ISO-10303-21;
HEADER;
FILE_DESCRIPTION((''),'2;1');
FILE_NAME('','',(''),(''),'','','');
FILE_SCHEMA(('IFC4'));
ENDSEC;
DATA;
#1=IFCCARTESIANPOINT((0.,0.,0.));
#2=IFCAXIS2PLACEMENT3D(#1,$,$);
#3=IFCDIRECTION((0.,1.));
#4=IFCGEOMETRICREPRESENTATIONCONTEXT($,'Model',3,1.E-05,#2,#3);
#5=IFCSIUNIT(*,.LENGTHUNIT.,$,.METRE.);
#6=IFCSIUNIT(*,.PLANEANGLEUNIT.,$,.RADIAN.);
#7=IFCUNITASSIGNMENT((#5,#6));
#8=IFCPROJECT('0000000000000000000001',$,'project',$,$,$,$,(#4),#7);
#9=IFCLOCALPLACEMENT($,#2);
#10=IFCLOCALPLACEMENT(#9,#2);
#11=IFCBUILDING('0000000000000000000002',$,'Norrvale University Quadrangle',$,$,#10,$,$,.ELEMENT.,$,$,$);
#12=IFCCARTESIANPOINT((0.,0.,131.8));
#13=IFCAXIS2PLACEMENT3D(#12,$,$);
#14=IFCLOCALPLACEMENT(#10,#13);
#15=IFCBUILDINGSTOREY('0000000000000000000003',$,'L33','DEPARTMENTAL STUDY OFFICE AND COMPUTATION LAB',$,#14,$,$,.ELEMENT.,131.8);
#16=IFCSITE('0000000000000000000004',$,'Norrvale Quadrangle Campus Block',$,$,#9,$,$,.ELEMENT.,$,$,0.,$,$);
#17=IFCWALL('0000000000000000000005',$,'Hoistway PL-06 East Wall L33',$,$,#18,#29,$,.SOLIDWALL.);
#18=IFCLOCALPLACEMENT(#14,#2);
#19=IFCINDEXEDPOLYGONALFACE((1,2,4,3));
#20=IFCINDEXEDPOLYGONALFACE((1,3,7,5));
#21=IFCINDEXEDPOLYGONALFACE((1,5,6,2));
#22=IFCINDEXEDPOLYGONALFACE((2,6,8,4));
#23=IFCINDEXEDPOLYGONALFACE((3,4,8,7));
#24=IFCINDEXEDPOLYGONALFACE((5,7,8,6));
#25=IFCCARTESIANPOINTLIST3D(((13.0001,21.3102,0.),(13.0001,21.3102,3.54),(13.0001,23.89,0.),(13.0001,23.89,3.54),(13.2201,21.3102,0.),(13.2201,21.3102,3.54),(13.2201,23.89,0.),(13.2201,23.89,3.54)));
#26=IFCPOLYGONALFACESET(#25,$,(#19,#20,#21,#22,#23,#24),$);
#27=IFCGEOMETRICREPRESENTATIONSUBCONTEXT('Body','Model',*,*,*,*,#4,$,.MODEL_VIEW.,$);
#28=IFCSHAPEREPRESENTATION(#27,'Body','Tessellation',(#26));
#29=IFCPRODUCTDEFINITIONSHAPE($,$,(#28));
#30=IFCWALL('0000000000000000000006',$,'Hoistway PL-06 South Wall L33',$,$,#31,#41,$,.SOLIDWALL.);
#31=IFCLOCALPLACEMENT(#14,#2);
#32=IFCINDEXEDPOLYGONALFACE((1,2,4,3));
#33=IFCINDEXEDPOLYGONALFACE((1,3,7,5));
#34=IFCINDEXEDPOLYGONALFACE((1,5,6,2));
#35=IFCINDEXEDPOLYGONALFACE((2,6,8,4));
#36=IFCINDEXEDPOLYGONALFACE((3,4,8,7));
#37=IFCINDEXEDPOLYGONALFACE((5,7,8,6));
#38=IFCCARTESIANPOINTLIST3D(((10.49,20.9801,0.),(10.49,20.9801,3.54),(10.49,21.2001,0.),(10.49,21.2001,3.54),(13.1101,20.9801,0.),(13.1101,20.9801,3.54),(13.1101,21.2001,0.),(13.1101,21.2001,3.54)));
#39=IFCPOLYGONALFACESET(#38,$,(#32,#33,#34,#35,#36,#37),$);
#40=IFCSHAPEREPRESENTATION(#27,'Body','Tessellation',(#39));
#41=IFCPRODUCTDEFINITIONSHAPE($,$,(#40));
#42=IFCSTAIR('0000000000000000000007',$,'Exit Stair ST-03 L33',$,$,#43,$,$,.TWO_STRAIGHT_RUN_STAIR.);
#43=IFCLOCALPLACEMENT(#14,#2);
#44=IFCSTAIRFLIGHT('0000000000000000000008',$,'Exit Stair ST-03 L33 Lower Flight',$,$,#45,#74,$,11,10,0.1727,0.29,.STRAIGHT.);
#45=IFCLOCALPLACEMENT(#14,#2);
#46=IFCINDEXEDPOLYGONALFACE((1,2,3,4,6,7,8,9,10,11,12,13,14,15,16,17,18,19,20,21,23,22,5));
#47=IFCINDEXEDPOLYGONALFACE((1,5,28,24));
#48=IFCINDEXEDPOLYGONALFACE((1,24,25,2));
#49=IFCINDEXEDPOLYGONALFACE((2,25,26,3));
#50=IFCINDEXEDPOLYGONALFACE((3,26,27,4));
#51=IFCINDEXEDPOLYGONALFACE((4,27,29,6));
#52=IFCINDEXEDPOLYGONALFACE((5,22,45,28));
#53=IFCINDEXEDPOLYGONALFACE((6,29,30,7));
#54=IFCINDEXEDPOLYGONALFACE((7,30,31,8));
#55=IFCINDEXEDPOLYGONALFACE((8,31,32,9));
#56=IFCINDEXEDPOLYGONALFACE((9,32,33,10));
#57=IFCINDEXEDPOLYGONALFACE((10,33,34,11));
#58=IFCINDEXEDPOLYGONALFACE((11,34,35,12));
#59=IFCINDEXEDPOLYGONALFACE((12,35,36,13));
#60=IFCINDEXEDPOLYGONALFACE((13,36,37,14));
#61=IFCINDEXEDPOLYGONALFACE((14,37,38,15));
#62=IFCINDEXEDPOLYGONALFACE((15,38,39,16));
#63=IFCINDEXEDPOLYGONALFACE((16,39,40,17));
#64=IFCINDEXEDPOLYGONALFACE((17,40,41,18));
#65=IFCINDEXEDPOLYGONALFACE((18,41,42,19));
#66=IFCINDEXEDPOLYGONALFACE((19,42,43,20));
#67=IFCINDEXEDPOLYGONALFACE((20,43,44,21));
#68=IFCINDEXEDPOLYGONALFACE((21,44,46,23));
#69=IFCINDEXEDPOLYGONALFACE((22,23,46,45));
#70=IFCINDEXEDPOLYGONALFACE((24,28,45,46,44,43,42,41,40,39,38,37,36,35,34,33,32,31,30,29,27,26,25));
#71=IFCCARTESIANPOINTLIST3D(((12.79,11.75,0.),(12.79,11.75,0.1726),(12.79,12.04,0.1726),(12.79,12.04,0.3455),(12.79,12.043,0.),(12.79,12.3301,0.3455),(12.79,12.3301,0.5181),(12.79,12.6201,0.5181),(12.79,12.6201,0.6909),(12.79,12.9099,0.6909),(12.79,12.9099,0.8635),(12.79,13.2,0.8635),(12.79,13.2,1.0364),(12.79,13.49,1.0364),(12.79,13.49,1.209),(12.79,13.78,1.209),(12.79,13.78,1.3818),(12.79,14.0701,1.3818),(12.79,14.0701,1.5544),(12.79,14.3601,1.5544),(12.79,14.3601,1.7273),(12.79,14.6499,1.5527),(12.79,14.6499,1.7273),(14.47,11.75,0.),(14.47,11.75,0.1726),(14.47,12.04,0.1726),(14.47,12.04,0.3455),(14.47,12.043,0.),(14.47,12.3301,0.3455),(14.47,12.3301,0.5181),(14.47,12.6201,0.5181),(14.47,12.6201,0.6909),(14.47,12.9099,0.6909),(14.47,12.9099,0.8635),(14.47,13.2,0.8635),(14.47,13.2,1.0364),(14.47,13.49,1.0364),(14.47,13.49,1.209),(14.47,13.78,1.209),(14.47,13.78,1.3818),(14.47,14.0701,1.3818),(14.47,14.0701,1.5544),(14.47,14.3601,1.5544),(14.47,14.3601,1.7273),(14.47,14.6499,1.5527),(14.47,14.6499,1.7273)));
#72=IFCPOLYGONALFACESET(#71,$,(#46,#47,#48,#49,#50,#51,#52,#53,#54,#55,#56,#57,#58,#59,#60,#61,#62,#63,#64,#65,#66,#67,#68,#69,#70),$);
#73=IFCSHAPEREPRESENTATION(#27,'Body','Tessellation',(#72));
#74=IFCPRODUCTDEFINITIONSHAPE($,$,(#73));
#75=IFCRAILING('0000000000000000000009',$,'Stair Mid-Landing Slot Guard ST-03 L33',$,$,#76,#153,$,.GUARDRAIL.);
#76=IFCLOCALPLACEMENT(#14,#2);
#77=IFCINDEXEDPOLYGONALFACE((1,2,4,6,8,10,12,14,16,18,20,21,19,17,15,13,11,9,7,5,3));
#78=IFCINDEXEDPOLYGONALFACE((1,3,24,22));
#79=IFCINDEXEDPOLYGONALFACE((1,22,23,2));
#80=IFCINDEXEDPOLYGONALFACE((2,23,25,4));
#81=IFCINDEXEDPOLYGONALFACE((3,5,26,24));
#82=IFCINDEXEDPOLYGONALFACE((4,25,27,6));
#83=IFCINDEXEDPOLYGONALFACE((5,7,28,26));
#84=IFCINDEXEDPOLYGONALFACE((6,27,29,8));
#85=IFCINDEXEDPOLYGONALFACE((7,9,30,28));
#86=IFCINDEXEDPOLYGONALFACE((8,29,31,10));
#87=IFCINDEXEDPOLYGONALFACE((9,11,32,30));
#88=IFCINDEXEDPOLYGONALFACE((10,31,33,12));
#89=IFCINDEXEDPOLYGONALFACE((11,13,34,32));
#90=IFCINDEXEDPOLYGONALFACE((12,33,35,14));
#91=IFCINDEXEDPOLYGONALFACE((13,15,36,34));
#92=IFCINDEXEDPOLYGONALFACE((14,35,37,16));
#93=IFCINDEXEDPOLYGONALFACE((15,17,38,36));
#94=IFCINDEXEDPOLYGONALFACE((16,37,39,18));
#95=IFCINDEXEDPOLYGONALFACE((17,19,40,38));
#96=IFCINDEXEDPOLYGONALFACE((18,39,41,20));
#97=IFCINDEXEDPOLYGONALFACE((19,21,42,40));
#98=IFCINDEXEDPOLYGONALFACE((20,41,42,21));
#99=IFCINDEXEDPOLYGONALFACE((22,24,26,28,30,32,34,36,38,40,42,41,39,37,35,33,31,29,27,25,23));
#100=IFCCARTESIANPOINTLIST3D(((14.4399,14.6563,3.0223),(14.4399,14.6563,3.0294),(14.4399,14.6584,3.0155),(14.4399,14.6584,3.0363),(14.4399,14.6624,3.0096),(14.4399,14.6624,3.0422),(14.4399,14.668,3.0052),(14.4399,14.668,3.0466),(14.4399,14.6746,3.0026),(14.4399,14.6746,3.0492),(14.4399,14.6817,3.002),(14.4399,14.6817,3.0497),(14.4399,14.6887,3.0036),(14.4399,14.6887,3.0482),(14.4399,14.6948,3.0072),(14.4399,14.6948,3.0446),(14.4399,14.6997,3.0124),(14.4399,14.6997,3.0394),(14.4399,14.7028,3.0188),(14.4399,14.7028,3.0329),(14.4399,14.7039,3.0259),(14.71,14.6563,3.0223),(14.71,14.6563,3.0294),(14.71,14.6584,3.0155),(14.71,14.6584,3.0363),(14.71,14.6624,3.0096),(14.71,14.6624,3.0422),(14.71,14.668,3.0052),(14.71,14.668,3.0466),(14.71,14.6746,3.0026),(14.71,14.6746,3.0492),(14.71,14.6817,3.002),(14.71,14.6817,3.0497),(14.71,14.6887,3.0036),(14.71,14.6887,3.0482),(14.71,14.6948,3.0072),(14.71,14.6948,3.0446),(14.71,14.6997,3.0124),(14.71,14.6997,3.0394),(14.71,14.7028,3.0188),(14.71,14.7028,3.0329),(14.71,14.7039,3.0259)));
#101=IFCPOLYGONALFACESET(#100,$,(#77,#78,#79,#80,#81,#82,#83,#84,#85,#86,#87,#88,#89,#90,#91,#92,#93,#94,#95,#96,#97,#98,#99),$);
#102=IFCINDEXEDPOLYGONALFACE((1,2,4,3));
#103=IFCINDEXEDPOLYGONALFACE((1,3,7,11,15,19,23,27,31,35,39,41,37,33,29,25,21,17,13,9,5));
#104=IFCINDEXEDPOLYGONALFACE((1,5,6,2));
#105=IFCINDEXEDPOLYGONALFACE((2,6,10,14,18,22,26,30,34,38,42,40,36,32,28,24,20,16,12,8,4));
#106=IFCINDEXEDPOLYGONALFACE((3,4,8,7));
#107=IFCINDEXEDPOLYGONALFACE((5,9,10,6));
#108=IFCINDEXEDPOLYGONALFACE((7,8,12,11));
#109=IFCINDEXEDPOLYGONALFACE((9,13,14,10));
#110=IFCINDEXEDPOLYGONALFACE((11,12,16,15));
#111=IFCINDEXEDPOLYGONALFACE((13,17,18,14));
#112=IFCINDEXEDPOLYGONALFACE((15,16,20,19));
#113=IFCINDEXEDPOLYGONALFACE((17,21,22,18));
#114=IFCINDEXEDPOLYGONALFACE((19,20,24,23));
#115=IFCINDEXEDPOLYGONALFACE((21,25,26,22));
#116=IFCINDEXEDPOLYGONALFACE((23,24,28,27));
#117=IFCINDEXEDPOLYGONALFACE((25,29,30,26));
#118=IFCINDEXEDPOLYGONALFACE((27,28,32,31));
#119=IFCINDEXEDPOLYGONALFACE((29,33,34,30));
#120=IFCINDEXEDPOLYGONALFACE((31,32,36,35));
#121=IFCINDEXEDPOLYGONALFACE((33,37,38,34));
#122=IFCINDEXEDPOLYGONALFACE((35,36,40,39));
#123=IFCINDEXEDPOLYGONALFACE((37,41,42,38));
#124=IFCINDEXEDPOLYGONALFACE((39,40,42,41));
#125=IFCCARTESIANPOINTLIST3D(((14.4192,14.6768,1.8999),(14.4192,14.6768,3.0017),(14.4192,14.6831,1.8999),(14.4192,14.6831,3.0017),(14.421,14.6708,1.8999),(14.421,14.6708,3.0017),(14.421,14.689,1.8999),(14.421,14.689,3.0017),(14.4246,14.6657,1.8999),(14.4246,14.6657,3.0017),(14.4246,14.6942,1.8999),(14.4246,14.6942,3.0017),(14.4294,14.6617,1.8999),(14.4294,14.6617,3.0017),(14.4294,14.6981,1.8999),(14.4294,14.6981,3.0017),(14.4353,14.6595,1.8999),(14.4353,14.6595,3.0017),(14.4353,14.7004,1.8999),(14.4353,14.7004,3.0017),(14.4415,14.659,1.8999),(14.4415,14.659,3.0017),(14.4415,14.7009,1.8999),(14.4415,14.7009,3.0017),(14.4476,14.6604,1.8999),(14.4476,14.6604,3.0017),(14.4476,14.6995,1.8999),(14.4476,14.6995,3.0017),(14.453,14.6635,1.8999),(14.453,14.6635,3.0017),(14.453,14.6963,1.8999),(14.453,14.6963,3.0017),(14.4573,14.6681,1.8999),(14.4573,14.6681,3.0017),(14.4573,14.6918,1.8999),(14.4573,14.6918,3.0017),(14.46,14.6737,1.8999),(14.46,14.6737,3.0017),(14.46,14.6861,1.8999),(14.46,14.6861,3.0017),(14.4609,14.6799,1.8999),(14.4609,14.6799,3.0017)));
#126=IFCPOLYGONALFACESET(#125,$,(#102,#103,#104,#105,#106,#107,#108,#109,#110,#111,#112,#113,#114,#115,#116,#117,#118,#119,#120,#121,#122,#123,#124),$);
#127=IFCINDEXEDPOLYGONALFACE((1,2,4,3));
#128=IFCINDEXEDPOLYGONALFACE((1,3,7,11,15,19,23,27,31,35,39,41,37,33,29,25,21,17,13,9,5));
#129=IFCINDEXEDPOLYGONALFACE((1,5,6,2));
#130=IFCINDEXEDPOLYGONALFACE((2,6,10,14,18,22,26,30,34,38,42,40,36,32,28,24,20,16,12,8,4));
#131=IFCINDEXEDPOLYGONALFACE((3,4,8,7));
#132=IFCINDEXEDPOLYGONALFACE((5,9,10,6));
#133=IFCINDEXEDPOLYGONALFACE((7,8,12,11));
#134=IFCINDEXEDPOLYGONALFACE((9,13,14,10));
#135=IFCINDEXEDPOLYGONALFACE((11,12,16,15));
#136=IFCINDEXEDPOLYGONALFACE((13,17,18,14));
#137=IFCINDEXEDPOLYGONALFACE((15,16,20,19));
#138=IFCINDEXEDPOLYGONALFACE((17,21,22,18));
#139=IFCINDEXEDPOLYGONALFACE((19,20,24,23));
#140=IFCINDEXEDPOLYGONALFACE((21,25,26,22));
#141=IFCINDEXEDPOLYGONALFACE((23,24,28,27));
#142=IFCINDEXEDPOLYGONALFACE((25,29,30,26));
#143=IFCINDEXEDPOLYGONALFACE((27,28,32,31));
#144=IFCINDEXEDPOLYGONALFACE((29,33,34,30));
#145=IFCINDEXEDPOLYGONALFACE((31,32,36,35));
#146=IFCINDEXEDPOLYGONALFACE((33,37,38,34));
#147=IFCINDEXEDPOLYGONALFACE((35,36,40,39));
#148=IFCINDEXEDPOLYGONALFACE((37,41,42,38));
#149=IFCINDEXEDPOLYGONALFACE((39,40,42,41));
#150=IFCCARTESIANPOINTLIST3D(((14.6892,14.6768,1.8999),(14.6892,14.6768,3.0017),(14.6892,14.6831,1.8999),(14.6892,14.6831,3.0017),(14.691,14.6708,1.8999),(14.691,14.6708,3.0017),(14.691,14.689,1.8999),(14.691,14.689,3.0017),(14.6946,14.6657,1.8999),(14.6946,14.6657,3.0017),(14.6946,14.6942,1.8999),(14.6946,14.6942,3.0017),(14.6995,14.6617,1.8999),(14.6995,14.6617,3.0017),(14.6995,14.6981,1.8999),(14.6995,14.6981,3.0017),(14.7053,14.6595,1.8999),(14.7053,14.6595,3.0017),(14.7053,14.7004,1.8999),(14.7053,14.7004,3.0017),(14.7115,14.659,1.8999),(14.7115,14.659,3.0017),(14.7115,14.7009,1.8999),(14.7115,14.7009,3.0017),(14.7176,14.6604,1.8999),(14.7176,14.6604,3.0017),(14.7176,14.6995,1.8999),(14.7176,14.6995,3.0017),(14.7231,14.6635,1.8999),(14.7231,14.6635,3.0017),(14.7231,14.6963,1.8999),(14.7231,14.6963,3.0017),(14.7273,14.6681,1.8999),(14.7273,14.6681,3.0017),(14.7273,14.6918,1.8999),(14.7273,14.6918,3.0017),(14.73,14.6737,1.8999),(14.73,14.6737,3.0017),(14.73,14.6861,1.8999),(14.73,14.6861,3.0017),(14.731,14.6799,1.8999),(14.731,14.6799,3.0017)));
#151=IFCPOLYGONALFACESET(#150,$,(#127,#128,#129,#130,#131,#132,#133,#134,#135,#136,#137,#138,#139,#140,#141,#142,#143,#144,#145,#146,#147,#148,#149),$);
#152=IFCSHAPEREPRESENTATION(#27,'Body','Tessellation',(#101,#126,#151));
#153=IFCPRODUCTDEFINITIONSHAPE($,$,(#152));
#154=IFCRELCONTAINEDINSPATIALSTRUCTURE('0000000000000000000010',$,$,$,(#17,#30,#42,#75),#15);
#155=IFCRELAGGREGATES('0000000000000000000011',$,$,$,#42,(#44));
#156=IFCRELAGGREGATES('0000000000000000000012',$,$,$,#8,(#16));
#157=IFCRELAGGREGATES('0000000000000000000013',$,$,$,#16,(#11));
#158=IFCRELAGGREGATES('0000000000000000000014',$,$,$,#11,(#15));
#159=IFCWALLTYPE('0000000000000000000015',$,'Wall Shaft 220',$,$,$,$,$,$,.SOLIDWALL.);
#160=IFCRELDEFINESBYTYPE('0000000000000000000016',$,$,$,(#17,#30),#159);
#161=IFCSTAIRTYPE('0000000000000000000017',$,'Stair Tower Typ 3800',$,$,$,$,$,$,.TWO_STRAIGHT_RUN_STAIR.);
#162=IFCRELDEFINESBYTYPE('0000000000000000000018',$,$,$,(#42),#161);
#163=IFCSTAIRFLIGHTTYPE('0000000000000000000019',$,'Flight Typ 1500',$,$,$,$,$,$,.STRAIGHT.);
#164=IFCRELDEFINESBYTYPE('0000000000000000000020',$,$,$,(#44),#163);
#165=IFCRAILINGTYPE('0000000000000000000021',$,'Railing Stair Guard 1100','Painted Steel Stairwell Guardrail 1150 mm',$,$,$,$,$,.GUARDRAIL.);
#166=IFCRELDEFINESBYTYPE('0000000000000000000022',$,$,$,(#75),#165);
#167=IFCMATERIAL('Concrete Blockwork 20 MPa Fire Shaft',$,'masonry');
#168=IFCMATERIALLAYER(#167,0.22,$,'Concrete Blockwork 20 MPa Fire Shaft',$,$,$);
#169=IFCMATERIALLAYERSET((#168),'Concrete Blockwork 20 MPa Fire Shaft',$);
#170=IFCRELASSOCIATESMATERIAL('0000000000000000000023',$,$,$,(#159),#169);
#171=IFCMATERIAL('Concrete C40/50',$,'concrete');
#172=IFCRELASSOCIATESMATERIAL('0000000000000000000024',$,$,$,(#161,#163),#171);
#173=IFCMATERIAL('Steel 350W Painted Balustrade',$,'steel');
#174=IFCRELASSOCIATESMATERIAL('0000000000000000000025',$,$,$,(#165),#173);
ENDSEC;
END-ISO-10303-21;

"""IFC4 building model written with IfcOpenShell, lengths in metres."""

from ifc_helpers import new_model, si_unit, direction, frame, frame_2d, origin, origin_2d, place, context, subcontext, project, spatial, polyline, rectangle, circle, outline, extrude, material, layer, layer_set, type_object, element, aggregate, save


model = new_model("IFC4")

# Units and contexts
model_context = context("Model", 3, precision=1e-05, world=origin(), true_north=direction((0.0, 1.0)))
body_context = subcontext(model_context, "Body", "Model", "MODEL_VIEW")
ifc_project = project(units=[si_unit("LENGTHUNIT", "METRE"), si_unit("PLANEANGLEUNIT", "RADIAN")], contexts=[model_context])

# Site, building, storey
site_placement = place(None, origin())
site = spatial("IfcSite", under=ifc_project, at=site_placement, Name="Norrvale Quadrangle Campus Block", CompositionType="ELEMENT", RefElevation=0.0)
building_placement = place(site_placement, origin())
building = spatial("IfcBuilding", under=site, at=building_placement, Name="Norrvale University Quadrangle", CompositionType="ELEMENT")
storey_placement = place(building_placement, frame((0.0, 0.0, 131.8)))
storey = spatial("IfcBuildingStorey", under=building, at=storey_placement, Name="L33", Description="DEPARTMENTAL STUDY OFFICE AND COMPUTATION LAB", CompositionType="ELEMENT", Elevation=131.8)

# Shared definitions
ifc_material_1 = material(Name="Concrete Blockwork 20 MPa Fire Shaft", Category="masonry")
ifc_layer_1 = layer(ifc_material_1, 0.22, Name="Concrete Blockwork 20 MPa Fire Shaft")
ifc_layer_set_1 = layer_set([ifc_layer_1], Name="Concrete Blockwork 20 MPa Fire Shaft")
wall_type_1 = type_object("IfcWallType", Name="Wall Shaft 220", PredefinedType="SOLIDWALL", material=ifc_layer_set_1)

# Walls
for number, where, z_axis, x_axis, name in (
    (1, (13.1101, 21.3101, 0.0), (0.0, 0.0, 1.0), (0.0, 1.0, 0.0), "Hoistway PL-06 East Wall L33"),
):
    element("IfcWall", number, at=place(storey_placement, frame(where, z_axis=z_axis, x_axis=x_axis)), inside=storey, type_object=wall_type_1, Name=name, PredefinedType="SOLIDWALL", context=body_context, shape_type="SweptSolid", body=[
        extrude(rectangle(XDim=2.5798, YDim=0.22, at=frame_2d((1.29, 0.0))), origin(), (0.0, 0.0, 1.0), 3.54),
    ])
wall_1_placement = place(storey_placement, frame((10.49, 21.0901, 0.0), z_axis=(0.0, 0.0, 1.0), x_axis=(1.0, 0.0, 0.0)))
element("IfcWall", 2, at=wall_1_placement, inside=storey, type_object=wall_type_1, Name="Hoistway PL-06 South Wall L33", PredefinedType="SOLIDWALL", context=body_context, shape_type="SweptSolid", body=[
    extrude(rectangle(XDim=2.6201, YDim=0.22, at=frame_2d((1.3101, 0.0))), origin(), (0.0, 0.0, 1.0), 3.54),
])

# Stair, stair flight
ifc_material_2 = material(Name="Concrete C40/50", Category="concrete")
stair_type = type_object("IfcStairType", Name="Stair Tower Typ 3800", PredefinedType="TWO_STRAIGHT_RUN_STAIR", material=ifc_material_2)
stair_placement = place(storey_placement, origin())
stair = element("IfcStair", 3, at=stair_placement, inside=storey, type_object=stair_type, Name="Exit Stair ST-03 L33", PredefinedType="TWO_STRAIGHT_RUN_STAIR")
stair_flight_type = type_object("IfcStairFlightType", Name="Flight Typ 1500", PredefinedType="STRAIGHT", material=ifc_material_2)
stair_flight_placement = place(storey_placement, frame((13.6299, 11.75, 0.0), z_axis=(0.0, 0.0, 1.0), x_axis=(0.0, 1.0, 0.0)))
stair_flight = element("IfcStairFlight", 4, at=stair_flight_placement, type_object=stair_flight_type, Name="Exit Stair ST-03 L33 Lower Flight", NumberOfRisers=11, NumberOfTreads=10, PredefinedType="STRAIGHT", RiserHeight=0.1727, TreadLength=0.29, context=body_context, shape_type="SweptSolid", body=[
    extrude(outline(polyline([(0.0, 0.0), (0.0, 0.1726), (0.29, 0.1726), (0.29, 0.3455), (0.5801, 0.3455), (0.5801, 0.5181), (0.8701, 0.5181), (0.8701, 0.6909), (1.1599, 0.6909), (1.1599, 0.8635), (1.45, 0.8635), (1.45, 1.0364), (1.74, 1.0364), (1.74, 1.209), (2.03, 1.209), (2.03, 1.3818), (2.3201, 1.3818), (2.3201, 1.5544), (2.6101, 1.5544), (2.6101, 1.7273), (2.8999, 1.7273), (2.8999, 1.8999), (2.8999, 1.5527), (0.293, 0.0), (0.0, 0.0)])), frame((0.0, 0.8398, 0.0), z_axis=(0.0, -1.0, 0.0), x_axis=(1.0, 0.0, 0.0)), (0.0, 0.0, 1.0), 1.6799),
])
aggregate(stair, [stair_flight])

# Railing
ifc_material_3 = material(Name="Steel 350W Painted Balustrade", Category="steel")
railing_type_1 = type_object("IfcRailingType", Name="Railing Stair Guard 1100", Description="Painted Steel Stairwell Guardrail 1150 mm", PredefinedType="GUARDRAIL", material=ifc_material_3)
railing_1_placement = place(storey_placement, frame((14.4399, 14.6799, 1.8999)))
element("IfcRailing", 5, at=railing_1_placement, inside=storey, type_object=railing_type_1, Name="Stair Mid-Landing Slot Guard ST-03 L33", PredefinedType="GUARDRAIL", context=body_context, shape_type="SweptSolid", body=[
    extrude(circle(Radius=0.0239, at=origin_2d()), frame((0.0, 0.0, 1.126), z_axis=(1.0, 0.0, 0.0), x_axis=(0.0, 1.0, 0.0)), (0.0, 0.0, 1.0), 0.27),
    extrude(circle(Radius=0.021, at=origin_2d()), origin(), (0.0, 0.0, 1.0), 1.1018),
    extrude(circle(Radius=0.021, at=origin_2d()), frame((0.27, 0.0, 0.0)), (0.0, 0.0, 1.0), 1.1018),
])

save(model, "model.ifc")
